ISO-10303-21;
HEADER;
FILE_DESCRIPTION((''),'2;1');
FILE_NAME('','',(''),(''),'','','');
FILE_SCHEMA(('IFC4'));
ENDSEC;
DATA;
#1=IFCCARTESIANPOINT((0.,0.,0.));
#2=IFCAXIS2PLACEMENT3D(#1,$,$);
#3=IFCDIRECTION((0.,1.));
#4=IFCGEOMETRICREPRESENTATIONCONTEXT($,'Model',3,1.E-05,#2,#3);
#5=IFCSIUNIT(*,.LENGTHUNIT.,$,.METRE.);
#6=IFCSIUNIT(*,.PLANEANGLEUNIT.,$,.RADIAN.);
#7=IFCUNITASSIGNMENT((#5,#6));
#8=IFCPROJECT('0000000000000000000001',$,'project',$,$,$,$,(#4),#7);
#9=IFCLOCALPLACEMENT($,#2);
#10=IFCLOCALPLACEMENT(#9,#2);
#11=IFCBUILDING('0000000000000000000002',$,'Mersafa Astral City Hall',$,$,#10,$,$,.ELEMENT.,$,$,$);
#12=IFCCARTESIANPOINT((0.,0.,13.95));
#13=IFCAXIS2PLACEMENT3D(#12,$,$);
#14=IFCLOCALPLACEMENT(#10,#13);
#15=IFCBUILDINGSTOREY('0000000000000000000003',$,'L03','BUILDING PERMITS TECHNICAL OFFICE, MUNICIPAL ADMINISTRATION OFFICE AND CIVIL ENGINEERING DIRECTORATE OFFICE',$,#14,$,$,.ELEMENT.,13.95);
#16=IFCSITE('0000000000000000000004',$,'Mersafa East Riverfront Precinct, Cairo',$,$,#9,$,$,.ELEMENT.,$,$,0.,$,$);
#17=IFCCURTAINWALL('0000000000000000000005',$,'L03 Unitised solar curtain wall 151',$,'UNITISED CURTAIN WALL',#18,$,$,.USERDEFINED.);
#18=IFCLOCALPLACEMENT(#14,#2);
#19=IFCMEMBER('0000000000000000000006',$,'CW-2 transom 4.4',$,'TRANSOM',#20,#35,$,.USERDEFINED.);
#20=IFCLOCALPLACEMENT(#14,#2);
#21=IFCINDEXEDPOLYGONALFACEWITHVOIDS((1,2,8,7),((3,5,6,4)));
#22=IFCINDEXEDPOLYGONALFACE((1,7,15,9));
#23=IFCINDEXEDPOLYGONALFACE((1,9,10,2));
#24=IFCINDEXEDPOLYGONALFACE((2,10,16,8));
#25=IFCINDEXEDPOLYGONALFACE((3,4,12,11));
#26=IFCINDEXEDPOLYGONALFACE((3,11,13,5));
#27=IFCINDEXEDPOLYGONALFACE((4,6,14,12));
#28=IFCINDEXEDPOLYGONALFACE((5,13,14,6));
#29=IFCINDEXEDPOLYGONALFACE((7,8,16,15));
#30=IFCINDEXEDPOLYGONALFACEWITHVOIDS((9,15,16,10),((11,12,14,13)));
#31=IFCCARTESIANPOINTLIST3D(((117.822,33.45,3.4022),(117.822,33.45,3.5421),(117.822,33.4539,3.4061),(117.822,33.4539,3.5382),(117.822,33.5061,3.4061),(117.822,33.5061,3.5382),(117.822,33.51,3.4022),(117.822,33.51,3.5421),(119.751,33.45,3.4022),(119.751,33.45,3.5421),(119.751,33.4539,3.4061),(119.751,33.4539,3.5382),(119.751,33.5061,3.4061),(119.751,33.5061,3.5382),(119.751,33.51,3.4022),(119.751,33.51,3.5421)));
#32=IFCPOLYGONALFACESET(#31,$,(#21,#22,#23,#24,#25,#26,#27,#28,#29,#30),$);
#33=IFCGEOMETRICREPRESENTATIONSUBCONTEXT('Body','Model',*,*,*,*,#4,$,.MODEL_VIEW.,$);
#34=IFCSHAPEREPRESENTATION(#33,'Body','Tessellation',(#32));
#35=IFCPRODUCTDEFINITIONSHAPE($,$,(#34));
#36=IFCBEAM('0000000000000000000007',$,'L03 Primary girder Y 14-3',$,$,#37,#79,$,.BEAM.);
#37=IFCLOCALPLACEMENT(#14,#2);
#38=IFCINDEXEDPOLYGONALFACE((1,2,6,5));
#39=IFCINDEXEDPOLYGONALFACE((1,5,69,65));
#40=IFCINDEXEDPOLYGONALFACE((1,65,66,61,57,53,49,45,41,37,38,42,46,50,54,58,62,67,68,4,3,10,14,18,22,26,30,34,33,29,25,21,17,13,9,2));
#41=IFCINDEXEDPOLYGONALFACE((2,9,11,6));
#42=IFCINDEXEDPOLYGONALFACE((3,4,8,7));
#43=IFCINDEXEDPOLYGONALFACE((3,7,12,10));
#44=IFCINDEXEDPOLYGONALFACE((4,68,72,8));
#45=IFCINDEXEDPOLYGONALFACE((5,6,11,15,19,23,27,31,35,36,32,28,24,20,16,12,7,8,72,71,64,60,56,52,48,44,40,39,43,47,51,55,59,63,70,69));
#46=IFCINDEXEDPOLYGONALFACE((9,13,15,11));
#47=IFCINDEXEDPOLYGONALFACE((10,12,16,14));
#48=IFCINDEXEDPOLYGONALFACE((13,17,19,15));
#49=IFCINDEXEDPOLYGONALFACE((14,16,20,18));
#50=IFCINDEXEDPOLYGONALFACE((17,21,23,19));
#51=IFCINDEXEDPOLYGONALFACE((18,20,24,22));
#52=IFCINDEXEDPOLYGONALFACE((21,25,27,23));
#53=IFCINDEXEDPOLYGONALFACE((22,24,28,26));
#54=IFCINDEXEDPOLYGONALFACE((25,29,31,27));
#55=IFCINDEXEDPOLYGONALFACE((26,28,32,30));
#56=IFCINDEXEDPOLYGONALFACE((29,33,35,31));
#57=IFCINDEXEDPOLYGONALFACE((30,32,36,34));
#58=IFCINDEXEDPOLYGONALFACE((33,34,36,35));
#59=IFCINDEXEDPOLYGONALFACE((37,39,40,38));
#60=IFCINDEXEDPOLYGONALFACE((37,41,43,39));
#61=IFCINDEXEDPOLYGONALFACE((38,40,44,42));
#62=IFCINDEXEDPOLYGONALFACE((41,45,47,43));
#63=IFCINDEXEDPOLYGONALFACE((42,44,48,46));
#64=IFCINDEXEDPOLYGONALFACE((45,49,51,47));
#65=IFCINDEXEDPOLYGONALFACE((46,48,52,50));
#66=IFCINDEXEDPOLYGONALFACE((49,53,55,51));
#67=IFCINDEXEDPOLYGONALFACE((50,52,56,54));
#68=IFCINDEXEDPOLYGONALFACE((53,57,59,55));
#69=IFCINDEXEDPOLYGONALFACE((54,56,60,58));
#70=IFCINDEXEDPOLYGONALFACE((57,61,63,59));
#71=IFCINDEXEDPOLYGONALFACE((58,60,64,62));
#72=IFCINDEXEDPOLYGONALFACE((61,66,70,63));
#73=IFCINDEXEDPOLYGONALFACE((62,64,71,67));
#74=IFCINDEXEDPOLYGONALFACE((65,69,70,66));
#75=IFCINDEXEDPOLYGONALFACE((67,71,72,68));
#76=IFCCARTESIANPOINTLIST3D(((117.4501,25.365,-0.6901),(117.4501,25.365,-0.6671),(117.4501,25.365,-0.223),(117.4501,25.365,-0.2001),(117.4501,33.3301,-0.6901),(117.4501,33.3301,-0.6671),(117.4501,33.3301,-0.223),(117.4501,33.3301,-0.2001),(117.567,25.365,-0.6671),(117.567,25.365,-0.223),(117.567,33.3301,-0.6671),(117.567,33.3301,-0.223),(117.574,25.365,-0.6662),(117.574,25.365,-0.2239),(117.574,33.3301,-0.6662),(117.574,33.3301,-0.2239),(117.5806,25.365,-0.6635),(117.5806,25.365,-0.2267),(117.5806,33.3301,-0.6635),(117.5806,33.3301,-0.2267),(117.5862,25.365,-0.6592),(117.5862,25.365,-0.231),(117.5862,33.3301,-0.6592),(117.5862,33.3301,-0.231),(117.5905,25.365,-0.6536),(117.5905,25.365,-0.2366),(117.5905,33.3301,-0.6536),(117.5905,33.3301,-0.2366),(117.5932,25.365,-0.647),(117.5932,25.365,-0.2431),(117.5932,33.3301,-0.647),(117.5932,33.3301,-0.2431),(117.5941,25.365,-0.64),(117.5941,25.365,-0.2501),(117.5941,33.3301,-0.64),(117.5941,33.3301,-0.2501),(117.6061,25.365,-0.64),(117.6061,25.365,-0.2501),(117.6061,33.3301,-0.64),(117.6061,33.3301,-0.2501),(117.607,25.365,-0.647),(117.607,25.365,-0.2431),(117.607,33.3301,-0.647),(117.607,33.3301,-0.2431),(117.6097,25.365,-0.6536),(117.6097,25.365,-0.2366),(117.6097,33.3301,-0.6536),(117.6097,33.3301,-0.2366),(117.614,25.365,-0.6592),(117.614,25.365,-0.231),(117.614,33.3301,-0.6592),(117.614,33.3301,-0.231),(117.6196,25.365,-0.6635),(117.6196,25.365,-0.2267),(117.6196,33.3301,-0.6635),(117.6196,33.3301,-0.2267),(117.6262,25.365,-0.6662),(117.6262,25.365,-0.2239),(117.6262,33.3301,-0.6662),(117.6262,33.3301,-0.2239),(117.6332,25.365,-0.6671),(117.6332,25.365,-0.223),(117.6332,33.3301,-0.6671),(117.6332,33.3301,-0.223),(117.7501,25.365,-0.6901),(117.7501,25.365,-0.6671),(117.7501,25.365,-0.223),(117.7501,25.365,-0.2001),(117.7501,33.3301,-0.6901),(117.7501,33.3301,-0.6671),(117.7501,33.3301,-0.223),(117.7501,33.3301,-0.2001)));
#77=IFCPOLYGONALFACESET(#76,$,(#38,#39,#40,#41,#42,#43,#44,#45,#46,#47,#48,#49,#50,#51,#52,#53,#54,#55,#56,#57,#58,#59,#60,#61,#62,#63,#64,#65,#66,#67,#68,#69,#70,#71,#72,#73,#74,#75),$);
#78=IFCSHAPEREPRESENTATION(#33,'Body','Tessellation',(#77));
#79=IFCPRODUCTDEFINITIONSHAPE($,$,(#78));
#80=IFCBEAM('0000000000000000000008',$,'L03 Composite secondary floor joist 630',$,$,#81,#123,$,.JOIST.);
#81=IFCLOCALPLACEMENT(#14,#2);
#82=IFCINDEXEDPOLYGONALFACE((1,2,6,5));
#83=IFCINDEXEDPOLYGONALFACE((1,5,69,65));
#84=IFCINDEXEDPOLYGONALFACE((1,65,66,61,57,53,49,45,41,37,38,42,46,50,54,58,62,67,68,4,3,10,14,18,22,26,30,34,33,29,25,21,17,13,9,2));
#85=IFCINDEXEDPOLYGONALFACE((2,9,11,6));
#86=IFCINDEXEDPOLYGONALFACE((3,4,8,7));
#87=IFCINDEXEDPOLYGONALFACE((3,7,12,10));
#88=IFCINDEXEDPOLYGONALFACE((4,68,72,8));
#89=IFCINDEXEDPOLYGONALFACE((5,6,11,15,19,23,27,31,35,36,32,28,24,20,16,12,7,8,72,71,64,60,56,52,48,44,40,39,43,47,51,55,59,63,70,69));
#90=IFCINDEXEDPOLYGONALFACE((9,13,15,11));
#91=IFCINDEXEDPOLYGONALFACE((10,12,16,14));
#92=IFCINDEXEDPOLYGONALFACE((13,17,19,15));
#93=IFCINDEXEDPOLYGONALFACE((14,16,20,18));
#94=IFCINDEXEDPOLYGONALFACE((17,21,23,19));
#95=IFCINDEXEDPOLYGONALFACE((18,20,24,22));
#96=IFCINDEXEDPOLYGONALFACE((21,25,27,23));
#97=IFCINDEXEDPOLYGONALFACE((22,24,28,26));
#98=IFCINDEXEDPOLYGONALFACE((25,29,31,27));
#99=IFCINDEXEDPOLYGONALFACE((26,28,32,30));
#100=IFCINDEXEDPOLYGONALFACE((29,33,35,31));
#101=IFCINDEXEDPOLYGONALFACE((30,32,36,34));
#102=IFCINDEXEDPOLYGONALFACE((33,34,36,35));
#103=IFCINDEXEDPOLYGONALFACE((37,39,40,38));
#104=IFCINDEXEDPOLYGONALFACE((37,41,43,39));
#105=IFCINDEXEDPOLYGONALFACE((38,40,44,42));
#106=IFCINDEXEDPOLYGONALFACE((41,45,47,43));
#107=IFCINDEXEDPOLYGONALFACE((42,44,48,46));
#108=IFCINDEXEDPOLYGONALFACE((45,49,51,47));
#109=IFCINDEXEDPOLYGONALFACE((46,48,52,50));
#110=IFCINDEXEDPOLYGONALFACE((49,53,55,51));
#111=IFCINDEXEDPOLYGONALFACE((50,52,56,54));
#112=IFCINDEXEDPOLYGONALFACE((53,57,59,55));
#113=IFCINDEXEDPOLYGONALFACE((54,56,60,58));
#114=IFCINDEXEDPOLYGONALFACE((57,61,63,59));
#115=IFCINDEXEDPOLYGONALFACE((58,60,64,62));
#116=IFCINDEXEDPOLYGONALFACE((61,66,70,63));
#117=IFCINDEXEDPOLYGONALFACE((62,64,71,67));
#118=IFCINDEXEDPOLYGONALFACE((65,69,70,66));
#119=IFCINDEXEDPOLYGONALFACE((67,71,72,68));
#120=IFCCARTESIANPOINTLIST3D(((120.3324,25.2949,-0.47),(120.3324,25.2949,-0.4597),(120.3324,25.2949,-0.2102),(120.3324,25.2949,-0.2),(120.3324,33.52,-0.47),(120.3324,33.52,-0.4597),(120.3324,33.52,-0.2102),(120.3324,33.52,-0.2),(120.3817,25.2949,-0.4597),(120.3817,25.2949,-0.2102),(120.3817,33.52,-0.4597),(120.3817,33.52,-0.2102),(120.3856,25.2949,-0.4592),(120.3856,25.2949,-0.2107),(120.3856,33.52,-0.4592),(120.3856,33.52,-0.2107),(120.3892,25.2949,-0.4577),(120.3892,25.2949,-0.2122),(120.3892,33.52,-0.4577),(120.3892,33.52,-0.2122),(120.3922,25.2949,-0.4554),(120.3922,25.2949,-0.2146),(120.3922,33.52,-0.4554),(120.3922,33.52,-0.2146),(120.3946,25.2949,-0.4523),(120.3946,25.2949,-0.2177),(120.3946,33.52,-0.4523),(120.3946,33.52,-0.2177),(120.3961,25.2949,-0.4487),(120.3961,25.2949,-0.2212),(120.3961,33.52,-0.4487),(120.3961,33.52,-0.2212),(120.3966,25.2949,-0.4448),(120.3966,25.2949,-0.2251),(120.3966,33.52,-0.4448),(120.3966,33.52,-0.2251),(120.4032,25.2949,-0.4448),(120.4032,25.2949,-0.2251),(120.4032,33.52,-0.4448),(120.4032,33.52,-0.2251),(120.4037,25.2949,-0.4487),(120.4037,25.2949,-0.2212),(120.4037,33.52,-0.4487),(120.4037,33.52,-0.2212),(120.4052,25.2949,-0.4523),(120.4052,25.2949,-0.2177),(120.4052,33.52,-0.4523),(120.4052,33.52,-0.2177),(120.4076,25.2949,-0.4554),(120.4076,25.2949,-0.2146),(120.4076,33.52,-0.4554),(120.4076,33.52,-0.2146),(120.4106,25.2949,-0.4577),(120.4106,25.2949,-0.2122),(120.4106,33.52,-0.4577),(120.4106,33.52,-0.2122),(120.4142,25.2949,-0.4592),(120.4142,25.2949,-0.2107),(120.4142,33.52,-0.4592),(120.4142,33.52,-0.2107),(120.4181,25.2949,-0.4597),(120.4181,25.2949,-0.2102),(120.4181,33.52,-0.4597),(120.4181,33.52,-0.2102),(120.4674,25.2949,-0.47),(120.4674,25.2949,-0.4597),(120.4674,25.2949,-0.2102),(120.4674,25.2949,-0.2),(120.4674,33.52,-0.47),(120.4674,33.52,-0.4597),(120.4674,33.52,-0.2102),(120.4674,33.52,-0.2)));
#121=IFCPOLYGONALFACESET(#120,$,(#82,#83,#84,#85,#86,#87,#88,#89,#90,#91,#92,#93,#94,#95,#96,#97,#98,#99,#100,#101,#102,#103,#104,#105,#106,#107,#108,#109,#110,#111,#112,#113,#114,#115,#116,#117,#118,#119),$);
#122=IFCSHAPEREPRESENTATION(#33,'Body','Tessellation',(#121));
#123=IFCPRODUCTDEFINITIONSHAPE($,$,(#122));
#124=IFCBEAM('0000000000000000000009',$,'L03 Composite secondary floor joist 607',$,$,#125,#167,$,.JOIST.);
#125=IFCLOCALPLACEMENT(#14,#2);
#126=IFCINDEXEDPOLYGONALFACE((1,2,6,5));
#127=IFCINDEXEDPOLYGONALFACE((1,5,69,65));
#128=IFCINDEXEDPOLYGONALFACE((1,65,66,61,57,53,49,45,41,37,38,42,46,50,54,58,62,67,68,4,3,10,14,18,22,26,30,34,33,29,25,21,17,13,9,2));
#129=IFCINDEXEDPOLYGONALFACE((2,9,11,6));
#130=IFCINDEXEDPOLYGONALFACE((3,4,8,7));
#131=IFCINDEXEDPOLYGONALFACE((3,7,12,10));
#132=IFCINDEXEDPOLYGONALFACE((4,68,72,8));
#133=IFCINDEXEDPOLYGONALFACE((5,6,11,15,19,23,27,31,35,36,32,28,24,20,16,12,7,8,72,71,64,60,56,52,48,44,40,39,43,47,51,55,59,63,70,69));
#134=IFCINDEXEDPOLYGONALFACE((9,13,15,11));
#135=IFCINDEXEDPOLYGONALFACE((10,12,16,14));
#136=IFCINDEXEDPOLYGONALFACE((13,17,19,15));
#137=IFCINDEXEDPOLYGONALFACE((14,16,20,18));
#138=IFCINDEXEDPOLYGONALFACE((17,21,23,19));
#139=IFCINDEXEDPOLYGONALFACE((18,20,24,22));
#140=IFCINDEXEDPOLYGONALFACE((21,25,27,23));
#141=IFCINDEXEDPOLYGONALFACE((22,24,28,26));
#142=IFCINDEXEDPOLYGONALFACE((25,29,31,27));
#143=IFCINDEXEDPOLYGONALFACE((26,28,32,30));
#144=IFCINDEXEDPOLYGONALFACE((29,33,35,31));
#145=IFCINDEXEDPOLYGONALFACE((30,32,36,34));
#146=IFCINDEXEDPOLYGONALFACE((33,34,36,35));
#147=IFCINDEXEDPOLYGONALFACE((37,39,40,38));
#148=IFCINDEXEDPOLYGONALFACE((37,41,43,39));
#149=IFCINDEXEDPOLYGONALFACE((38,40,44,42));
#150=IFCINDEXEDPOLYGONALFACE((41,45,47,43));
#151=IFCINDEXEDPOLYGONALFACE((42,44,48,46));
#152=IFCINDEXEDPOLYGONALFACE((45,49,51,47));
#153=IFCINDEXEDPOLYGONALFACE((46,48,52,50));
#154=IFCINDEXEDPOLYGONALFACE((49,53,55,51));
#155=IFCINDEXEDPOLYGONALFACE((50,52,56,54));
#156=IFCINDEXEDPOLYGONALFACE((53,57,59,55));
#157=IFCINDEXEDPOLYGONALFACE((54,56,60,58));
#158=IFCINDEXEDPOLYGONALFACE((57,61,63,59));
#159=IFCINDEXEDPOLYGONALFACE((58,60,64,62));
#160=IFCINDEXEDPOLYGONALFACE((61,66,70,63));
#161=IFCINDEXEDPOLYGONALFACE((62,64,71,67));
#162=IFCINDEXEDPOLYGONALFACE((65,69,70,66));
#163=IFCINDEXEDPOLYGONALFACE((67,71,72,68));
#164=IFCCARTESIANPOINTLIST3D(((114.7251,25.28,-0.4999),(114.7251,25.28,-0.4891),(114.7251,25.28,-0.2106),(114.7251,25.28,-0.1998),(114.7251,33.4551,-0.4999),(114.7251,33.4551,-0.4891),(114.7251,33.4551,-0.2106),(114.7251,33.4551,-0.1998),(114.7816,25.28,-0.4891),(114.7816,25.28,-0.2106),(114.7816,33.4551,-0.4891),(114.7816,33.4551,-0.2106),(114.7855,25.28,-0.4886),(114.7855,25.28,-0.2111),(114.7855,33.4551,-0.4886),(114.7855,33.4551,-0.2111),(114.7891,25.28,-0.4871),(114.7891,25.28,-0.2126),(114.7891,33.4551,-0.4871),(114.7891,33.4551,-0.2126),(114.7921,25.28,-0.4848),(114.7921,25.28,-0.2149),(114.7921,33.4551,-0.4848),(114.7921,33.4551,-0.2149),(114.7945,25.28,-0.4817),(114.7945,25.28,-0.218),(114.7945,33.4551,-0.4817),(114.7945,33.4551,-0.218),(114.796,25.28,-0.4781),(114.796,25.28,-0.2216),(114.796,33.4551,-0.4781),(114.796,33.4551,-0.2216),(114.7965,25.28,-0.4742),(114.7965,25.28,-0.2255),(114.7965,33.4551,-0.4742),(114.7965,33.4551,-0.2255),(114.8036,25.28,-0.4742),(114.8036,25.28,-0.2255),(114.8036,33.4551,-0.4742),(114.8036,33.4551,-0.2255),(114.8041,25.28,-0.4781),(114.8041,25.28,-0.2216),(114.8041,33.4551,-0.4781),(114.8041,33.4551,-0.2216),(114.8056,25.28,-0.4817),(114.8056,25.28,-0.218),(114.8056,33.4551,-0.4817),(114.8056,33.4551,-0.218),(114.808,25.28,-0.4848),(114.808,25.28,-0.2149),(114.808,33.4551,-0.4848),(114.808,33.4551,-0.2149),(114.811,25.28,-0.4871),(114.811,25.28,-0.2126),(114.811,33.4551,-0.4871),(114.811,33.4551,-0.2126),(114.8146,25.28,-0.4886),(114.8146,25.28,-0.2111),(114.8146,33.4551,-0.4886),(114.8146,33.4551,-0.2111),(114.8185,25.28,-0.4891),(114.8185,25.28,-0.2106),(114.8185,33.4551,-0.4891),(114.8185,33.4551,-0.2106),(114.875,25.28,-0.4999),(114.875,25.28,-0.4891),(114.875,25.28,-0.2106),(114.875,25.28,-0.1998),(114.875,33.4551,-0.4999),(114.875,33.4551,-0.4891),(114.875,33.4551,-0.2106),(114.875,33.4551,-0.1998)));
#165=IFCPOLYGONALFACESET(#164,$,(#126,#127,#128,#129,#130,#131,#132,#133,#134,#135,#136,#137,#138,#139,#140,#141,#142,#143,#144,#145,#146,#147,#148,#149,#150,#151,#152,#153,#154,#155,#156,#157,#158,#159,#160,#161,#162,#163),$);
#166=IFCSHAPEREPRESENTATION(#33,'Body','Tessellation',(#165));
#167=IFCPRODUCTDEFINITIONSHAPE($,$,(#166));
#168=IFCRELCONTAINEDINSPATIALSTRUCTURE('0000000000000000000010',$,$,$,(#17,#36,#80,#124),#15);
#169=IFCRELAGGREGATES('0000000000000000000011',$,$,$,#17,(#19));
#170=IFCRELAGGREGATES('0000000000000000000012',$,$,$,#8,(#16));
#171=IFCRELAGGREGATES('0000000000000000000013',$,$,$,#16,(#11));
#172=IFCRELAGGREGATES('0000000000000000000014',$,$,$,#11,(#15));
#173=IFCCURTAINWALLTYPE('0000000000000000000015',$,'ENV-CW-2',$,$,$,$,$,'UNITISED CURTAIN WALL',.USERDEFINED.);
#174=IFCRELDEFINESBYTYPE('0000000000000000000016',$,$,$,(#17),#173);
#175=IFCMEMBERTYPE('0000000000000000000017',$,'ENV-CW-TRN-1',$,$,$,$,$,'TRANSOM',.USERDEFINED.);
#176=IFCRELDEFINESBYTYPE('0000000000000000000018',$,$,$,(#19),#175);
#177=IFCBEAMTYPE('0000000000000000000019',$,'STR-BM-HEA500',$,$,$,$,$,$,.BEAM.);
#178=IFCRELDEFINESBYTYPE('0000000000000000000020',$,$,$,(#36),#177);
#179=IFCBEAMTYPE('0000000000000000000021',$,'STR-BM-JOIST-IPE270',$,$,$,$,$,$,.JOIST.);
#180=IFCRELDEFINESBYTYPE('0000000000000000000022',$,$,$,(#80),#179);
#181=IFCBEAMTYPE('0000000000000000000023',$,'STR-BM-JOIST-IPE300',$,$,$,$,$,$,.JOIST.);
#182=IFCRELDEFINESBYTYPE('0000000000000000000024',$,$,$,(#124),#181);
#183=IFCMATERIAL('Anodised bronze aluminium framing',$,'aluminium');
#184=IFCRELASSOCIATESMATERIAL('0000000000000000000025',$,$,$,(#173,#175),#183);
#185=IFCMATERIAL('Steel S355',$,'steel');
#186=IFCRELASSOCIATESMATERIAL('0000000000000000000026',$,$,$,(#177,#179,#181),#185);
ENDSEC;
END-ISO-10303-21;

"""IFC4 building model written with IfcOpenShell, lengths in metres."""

from ifc_helpers import new_model, si_unit, direction, frame, origin, origin_2d, place, context, subcontext, project, spatial, hollow_rectangle, i_section, extrude, material, material_profile, profile_set, type_object, element, aggregate, save


model = new_model("IFC4")

# Units and contexts
model_context = context("Model", 3, precision=1e-05, world=origin(), true_north=direction((0.0, 1.0)))
body_context = subcontext(model_context, "Body", "Model", "MODEL_VIEW")
ifc_project = project(units=[si_unit("LENGTHUNIT", "METRE"), si_unit("PLANEANGLEUNIT", "RADIAN")], contexts=[model_context])

# Site, building, storey
site_placement = place(None, origin())
site = spatial("IfcSite", under=ifc_project, at=site_placement, Name="Mersafa East Riverfront Precinct, Cairo", CompositionType="ELEMENT", RefElevation=0.0)
building_placement = place(site_placement, origin())
building = spatial("IfcBuilding", under=site, at=building_placement, Name="Mersafa Astral City Hall", CompositionType="ELEMENT")
storey_placement = place(building_placement, frame((0.0, 0.0, 13.95)))
storey = spatial("IfcBuildingStorey", under=building, at=storey_placement, Name="L03", Description="BUILDING PERMITS TECHNICAL OFFICE, MUNICIPAL ADMINISTRATION OFFICE AND CIVIL ENGINEERING DIRECTORATE OFFICE", CompositionType="ELEMENT", Elevation=13.95)

# Shared definitions
ifc_material_1 = material(Name="Steel S355", Category="steel")

# Curtain wall, member
ifc_material_2 = material(Name="Anodised bronze aluminium framing", Category="aluminium")
curtain_wall_type = type_object("IfcCurtainWallType", Name="ENV-CW-2", ElementType="UNITISED CURTAIN WALL", PredefinedType="USERDEFINED", material=ifc_material_2)
curtain_wall_placement = place(storey_placement, origin())
curtain_wall = element("IfcCurtainWall", 1, at=curtain_wall_placement, inside=storey, type_object=curtain_wall_type, Name="L03 Unitised solar curtain wall 151", ObjectType="UNITISED CURTAIN WALL", PredefinedType="USERDEFINED")
ifc_material_profile_1 = material_profile(ifc_material_2, hollow_rectangle(XDim=0.0601, YDim=0.1399, WallThickness=0.0039, at=origin_2d()), Name="RHS 60x140x4")
ifc_profile_set_1 = profile_set([ifc_material_profile_1], Name="Anodised bronze aluminium framing")
member_type_1 = type_object("IfcMemberType", Name="ENV-CW-TRN-1", ElementType="TRANSOM", PredefinedType="USERDEFINED", material=ifc_profile_set_1)
member_1_placement = place(storey_placement, frame((119.751, 33.48, 3.4722), z_axis=(-1.0, 0.0, 0.0), x_axis=(0.0, -1.0, 0.0)))
member_1 = element("IfcMember", 2, at=member_1_placement, type_object=member_type_1, Name="CW-2 transom 4.4", ObjectType="TRANSOM", PredefinedType="USERDEFINED", context=body_context, shape_type="SweptSolid", body=[
    extrude(hollow_rectangle(XDim=0.0601, YDim=0.1399, WallThickness=0.0039, at=origin_2d()), origin(), (0.0, 0.0, 1.0), 1.929),
])

# Beams
ifc_material_profile_2 = material_profile(ifc_material_1, i_section(OverallWidth=0.3, OverallDepth=0.49, WebThickness=0.012, FlangeThickness=0.0229, FilletRadius=0.0271, at=origin_2d()), Name="HEA 500")
ifc_profile_set_2 = profile_set([ifc_material_profile_2], Name="Steel S355")
beam_type_1 = type_object("IfcBeamType", Name="STR-BM-HEA500", PredefinedType="BEAM", material=ifc_profile_set_2)
beam_1_placement = place(storey_placement, frame((117.6001, 25.365, -0.4451), z_axis=(0.0, 1.0, 0.0), x_axis=(-1.0, 0.0, 0.0)))
element("IfcBeam", 3, at=beam_1_placement, inside=storey, type_object=beam_type_1, Name="L03 Primary girder Y 14-3", PredefinedType="BEAM", context=body_context, shape_type="SweptSolid", body=[
    extrude(i_section(OverallWidth=0.3, OverallDepth=0.49, WebThickness=0.012, FlangeThickness=0.0229, FilletRadius=0.0271, at=origin_2d()), origin(), (0.0, 0.0, 1.0), 7.9651),
])
ifc_material_profile_3 = material_profile(ifc_material_1, i_section(OverallWidth=0.135, OverallDepth=0.27, WebThickness=0.0066, FlangeThickness=0.0103, FilletRadius=0.0149, at=origin_2d()), Name="IPE 270")
ifc_profile_set_3 = profile_set([ifc_material_profile_3], Name="Steel S355")
beam_type_2 = type_object("IfcBeamType", Name="STR-BM-JOIST-IPE270", PredefinedType="JOIST", material=ifc_profile_set_3)
beam_2_placement = place(storey_placement, frame((120.3999, 25.2949, -0.335), z_axis=(0.0, 1.0, 0.0), x_axis=(-1.0, 0.0, 0.0)))
element("IfcBeam", 4, at=beam_2_placement, inside=storey, type_object=beam_type_2, Name="L03 Composite secondary floor joist 630", PredefinedType="JOIST", context=body_context, shape_type="SweptSolid", body=[
    extrude(i_section(OverallWidth=0.135, OverallDepth=0.27, WebThickness=0.0066, FlangeThickness=0.0103, FilletRadius=0.0149, at=origin_2d()), origin(), (0.0, 0.0, 1.0), 8.2251),
])
ifc_material_profile_4 = material_profile(ifc_material_1, i_section(OverallWidth=0.1499, OverallDepth=0.3, WebThickness=0.0071, FlangeThickness=0.0107, FilletRadius=0.0149, at=origin_2d()), Name="IPE 300")
ifc_profile_set_4 = profile_set([ifc_material_profile_4], Name="Steel S355")
beam_type_3 = type_object("IfcBeamType", Name="STR-BM-JOIST-IPE300", PredefinedType="JOIST", material=ifc_profile_set_4)
beam_3_placement = place(storey_placement, frame((114.8, 25.28, -0.3499), z_axis=(0.0, 1.0, 0.0), x_axis=(-1.0, 0.0, 0.0)))
element("IfcBeam", 5, at=beam_3_placement, inside=storey, type_object=beam_type_3, Name="L03 Composite secondary floor joist 607", PredefinedType="JOIST", context=body_context, shape_type="SweptSolid", body=[
    extrude(i_section(OverallWidth=0.1499, OverallDepth=0.3, WebThickness=0.0071, FlangeThickness=0.0107, FilletRadius=0.0149, at=origin_2d()), origin(), (0.0, 0.0, 1.0), 8.175),
])

aggregate(curtain_wall, [member_1])

save(model, "model.ifc")
